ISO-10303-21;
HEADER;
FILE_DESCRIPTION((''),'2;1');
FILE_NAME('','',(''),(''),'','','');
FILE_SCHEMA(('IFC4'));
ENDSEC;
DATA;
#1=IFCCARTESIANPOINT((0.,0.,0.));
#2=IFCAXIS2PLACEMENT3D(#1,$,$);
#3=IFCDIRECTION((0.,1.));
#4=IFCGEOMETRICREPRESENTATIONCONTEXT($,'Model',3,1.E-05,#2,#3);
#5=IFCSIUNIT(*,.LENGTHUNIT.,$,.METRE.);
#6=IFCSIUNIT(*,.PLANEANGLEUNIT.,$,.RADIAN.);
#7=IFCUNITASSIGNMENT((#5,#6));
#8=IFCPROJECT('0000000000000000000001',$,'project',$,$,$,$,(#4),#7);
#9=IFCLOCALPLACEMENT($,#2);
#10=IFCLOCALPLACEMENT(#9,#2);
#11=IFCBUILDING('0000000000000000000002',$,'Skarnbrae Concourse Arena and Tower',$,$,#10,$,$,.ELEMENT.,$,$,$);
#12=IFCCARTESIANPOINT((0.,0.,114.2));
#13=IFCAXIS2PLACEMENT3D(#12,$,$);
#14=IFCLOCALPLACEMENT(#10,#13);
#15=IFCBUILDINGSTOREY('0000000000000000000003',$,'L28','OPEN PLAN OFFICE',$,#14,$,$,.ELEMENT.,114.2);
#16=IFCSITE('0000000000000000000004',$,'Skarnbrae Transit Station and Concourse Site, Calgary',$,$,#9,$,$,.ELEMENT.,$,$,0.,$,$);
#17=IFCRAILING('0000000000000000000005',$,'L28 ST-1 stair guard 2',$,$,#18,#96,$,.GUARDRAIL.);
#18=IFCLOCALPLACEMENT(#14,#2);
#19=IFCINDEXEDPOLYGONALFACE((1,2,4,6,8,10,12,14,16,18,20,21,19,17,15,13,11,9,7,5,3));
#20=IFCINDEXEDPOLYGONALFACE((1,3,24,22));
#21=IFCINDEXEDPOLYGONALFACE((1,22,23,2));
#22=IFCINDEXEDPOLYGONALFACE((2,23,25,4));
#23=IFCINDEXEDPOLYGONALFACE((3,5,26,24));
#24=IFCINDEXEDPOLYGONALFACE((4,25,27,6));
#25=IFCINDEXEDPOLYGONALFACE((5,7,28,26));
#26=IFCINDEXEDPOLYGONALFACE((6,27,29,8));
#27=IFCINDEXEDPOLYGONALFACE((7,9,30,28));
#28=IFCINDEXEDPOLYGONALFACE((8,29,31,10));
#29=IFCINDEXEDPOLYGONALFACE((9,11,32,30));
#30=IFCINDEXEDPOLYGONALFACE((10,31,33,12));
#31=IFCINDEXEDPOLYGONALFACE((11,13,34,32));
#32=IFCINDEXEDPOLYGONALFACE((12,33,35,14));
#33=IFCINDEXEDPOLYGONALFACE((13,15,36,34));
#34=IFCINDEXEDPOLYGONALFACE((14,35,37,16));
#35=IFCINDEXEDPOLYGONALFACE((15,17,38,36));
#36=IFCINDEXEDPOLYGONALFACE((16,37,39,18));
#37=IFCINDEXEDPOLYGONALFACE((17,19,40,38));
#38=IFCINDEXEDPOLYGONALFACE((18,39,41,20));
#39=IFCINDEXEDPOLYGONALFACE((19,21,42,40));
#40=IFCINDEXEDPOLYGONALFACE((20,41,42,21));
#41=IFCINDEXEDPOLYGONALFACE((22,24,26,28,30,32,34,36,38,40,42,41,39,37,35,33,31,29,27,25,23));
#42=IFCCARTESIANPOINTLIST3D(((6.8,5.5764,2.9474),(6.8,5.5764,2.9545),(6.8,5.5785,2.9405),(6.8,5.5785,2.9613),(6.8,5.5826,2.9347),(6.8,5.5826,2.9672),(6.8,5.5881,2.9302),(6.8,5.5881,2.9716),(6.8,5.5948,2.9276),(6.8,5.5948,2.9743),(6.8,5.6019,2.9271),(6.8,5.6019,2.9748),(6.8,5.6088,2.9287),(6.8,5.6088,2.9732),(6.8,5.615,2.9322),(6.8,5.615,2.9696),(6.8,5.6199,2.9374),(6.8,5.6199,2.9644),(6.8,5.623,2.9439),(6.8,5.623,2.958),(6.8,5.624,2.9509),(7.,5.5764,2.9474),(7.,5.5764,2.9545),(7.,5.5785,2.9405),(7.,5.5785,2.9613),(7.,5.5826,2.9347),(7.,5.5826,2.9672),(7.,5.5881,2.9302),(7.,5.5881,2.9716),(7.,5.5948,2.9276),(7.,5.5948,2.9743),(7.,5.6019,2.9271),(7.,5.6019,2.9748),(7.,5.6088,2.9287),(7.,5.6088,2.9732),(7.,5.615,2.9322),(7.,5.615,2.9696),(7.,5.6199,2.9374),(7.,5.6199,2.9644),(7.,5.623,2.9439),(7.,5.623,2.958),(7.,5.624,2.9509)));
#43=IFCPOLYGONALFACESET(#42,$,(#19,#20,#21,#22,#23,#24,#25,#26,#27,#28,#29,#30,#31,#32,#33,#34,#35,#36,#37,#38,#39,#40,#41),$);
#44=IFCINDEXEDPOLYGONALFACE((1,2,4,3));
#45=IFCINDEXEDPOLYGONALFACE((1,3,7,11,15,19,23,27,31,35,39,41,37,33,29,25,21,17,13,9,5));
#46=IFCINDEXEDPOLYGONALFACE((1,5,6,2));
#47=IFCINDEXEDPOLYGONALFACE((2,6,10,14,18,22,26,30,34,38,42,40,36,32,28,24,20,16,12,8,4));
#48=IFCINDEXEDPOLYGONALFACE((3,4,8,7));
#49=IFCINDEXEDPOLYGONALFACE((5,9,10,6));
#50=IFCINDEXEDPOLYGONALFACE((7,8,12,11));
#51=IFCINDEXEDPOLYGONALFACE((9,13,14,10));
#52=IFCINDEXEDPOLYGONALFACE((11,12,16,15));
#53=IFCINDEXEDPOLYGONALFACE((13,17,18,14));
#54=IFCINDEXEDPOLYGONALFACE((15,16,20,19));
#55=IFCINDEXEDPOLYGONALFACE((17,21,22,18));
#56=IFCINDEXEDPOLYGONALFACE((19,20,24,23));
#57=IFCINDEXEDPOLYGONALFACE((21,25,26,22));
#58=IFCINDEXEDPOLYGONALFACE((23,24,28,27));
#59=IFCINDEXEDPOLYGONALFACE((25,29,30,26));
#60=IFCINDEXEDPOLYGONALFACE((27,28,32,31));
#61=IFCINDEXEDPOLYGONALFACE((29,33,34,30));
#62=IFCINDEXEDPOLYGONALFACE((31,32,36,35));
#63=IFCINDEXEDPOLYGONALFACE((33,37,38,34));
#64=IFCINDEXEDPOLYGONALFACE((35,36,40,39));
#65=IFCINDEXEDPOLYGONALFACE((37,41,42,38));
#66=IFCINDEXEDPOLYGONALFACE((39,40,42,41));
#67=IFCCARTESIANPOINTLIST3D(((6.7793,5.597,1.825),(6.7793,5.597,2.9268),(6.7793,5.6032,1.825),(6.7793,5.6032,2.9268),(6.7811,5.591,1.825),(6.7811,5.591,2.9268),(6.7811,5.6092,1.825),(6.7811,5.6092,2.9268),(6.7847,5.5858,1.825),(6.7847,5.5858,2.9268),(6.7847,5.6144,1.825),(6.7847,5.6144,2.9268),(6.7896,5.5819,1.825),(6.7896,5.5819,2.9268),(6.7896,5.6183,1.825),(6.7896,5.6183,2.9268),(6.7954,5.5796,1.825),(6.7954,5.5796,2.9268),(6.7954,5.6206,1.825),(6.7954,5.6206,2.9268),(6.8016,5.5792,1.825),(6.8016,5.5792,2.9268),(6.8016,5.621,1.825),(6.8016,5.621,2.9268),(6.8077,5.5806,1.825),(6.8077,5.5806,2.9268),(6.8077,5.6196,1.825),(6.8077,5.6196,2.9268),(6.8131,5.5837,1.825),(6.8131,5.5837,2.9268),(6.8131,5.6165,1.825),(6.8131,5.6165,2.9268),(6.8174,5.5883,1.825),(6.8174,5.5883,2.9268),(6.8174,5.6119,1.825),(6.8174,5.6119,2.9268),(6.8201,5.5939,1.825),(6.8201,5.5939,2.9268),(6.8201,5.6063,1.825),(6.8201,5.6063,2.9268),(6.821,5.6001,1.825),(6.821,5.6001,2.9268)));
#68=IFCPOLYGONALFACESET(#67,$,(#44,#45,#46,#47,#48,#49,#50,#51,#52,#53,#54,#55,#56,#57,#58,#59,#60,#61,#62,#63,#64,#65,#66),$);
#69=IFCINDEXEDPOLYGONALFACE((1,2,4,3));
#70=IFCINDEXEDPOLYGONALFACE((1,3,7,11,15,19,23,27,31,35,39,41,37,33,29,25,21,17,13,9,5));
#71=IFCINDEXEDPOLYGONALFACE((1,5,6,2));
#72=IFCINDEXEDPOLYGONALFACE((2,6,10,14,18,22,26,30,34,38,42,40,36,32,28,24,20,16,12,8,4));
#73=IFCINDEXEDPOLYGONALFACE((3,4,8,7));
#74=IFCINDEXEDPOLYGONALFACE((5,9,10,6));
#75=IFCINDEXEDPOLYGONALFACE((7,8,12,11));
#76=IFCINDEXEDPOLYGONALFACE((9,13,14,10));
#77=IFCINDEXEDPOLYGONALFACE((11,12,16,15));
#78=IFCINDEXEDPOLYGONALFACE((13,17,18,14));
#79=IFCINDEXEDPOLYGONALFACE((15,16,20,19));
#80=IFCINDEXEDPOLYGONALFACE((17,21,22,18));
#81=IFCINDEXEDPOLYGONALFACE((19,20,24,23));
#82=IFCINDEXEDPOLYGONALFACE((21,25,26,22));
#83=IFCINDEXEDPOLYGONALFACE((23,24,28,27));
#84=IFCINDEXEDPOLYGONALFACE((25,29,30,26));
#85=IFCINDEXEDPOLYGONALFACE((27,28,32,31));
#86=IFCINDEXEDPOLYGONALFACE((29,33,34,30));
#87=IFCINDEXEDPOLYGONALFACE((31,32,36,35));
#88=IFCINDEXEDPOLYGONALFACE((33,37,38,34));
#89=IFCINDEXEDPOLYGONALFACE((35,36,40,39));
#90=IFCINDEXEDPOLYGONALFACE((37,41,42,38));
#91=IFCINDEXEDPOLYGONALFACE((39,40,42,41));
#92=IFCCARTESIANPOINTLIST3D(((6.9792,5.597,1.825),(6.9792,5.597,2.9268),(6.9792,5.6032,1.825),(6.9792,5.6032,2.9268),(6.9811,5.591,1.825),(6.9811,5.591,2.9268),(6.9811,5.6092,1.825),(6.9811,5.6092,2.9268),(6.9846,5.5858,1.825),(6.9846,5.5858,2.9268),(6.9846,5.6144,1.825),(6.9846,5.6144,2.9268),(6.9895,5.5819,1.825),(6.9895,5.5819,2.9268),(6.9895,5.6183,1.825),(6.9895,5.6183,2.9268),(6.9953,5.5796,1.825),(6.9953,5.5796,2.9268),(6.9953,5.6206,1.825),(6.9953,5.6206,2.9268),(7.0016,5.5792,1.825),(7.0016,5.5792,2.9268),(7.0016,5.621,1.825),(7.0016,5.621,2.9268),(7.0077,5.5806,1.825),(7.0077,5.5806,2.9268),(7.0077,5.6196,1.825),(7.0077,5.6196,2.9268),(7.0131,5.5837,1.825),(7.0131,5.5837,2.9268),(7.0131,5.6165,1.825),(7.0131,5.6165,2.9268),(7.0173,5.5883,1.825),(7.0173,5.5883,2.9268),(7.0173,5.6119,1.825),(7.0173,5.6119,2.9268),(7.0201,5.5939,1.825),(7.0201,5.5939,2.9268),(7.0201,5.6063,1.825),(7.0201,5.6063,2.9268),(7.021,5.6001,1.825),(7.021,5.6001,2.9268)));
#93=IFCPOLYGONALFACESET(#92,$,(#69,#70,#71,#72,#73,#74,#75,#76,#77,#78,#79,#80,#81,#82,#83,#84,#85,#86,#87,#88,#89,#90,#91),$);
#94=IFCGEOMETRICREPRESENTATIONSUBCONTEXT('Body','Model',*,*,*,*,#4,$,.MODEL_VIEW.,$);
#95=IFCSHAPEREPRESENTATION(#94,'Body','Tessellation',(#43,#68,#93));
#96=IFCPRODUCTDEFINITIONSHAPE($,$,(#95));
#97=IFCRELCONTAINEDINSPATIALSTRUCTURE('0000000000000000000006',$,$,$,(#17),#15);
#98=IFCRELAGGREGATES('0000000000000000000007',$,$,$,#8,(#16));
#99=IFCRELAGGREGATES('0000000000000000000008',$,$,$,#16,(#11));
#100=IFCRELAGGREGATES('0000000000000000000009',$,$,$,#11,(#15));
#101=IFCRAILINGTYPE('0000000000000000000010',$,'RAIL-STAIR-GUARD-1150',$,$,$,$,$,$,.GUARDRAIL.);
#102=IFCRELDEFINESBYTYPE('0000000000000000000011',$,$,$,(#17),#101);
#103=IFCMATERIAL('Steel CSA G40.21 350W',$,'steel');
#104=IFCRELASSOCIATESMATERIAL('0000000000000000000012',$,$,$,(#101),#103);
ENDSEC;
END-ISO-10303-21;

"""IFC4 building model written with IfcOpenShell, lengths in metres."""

from ifc_helpers import new_model, si_unit, direction, frame, origin, origin_2d, place, context, subcontext, project, spatial, circle, extrude, material, type_object, element, save


model = new_model("IFC4")

# Units and contexts
model_context = context("Model", 3, precision=1e-05, world=origin(), true_north=direction((0.0, 1.0)))
body_context = subcontext(model_context, "Body", "Model", "MODEL_VIEW")
ifc_project = project(units=[si_unit("LENGTHUNIT", "METRE"), si_unit("PLANEANGLEUNIT", "RADIAN")], contexts=[model_context])

# Site, building, storey
site_placement = place(None, origin())
site = spatial("IfcSite", under=ifc_project, at=site_placement, Name="Skarnbrae Transit Station and Concourse Site, Calgary", CompositionType="ELEMENT", RefElevation=0.0)
building_placement = place(site_placement, origin())
building = spatial("IfcBuilding", under=site, at=building_placement, Name="Skarnbrae Concourse Arena and Tower", CompositionType="ELEMENT")
storey_placement = place(building_placement, frame((0.0, 0.0, 114.2)))
storey = spatial("IfcBuildingStorey", under=building, at=storey_placement, Name="L28", Description="OPEN PLAN OFFICE", CompositionType="ELEMENT", Elevation=114.2)

# Railing
ifc_material_1 = material(Name="Steel CSA G40.21 350W", Category="steel")
railing_type_1 = type_object("IfcRailingType", Name="RAIL-STAIR-GUARD-1150", PredefinedType="GUARDRAIL", material=ifc_material_1)
railing_1_placement = place(storey_placement, frame((6.8, 5.6001, 1.825)))
element("IfcRailing", 1, at=railing_1_placement, inside=storey, type_object=railing_type_1, Name="L28 ST-1 stair guard 2", PredefinedType="GUARDRAIL", context=body_context, shape_type="SweptSolid", body=[
    extrude(circle(Radius=0.0239, at=origin_2d()), frame((0.0, 0.0, 1.126), z_axis=(1.0, 0.0, 0.0), x_axis=(0.0, 1.0, 0.0)), (0.0, 0.0, 1.0), 0.2),
    extrude(circle(Radius=0.021, at=origin_2d()), origin(), (0.0, 0.0, 1.0), 1.1018),
    extrude(circle(Radius=0.021, at=origin_2d()), frame((0.2, 0.0, 0.0)), (0.0, 0.0, 1.0), 1.1018),
])

save(model, "model.ifc")
